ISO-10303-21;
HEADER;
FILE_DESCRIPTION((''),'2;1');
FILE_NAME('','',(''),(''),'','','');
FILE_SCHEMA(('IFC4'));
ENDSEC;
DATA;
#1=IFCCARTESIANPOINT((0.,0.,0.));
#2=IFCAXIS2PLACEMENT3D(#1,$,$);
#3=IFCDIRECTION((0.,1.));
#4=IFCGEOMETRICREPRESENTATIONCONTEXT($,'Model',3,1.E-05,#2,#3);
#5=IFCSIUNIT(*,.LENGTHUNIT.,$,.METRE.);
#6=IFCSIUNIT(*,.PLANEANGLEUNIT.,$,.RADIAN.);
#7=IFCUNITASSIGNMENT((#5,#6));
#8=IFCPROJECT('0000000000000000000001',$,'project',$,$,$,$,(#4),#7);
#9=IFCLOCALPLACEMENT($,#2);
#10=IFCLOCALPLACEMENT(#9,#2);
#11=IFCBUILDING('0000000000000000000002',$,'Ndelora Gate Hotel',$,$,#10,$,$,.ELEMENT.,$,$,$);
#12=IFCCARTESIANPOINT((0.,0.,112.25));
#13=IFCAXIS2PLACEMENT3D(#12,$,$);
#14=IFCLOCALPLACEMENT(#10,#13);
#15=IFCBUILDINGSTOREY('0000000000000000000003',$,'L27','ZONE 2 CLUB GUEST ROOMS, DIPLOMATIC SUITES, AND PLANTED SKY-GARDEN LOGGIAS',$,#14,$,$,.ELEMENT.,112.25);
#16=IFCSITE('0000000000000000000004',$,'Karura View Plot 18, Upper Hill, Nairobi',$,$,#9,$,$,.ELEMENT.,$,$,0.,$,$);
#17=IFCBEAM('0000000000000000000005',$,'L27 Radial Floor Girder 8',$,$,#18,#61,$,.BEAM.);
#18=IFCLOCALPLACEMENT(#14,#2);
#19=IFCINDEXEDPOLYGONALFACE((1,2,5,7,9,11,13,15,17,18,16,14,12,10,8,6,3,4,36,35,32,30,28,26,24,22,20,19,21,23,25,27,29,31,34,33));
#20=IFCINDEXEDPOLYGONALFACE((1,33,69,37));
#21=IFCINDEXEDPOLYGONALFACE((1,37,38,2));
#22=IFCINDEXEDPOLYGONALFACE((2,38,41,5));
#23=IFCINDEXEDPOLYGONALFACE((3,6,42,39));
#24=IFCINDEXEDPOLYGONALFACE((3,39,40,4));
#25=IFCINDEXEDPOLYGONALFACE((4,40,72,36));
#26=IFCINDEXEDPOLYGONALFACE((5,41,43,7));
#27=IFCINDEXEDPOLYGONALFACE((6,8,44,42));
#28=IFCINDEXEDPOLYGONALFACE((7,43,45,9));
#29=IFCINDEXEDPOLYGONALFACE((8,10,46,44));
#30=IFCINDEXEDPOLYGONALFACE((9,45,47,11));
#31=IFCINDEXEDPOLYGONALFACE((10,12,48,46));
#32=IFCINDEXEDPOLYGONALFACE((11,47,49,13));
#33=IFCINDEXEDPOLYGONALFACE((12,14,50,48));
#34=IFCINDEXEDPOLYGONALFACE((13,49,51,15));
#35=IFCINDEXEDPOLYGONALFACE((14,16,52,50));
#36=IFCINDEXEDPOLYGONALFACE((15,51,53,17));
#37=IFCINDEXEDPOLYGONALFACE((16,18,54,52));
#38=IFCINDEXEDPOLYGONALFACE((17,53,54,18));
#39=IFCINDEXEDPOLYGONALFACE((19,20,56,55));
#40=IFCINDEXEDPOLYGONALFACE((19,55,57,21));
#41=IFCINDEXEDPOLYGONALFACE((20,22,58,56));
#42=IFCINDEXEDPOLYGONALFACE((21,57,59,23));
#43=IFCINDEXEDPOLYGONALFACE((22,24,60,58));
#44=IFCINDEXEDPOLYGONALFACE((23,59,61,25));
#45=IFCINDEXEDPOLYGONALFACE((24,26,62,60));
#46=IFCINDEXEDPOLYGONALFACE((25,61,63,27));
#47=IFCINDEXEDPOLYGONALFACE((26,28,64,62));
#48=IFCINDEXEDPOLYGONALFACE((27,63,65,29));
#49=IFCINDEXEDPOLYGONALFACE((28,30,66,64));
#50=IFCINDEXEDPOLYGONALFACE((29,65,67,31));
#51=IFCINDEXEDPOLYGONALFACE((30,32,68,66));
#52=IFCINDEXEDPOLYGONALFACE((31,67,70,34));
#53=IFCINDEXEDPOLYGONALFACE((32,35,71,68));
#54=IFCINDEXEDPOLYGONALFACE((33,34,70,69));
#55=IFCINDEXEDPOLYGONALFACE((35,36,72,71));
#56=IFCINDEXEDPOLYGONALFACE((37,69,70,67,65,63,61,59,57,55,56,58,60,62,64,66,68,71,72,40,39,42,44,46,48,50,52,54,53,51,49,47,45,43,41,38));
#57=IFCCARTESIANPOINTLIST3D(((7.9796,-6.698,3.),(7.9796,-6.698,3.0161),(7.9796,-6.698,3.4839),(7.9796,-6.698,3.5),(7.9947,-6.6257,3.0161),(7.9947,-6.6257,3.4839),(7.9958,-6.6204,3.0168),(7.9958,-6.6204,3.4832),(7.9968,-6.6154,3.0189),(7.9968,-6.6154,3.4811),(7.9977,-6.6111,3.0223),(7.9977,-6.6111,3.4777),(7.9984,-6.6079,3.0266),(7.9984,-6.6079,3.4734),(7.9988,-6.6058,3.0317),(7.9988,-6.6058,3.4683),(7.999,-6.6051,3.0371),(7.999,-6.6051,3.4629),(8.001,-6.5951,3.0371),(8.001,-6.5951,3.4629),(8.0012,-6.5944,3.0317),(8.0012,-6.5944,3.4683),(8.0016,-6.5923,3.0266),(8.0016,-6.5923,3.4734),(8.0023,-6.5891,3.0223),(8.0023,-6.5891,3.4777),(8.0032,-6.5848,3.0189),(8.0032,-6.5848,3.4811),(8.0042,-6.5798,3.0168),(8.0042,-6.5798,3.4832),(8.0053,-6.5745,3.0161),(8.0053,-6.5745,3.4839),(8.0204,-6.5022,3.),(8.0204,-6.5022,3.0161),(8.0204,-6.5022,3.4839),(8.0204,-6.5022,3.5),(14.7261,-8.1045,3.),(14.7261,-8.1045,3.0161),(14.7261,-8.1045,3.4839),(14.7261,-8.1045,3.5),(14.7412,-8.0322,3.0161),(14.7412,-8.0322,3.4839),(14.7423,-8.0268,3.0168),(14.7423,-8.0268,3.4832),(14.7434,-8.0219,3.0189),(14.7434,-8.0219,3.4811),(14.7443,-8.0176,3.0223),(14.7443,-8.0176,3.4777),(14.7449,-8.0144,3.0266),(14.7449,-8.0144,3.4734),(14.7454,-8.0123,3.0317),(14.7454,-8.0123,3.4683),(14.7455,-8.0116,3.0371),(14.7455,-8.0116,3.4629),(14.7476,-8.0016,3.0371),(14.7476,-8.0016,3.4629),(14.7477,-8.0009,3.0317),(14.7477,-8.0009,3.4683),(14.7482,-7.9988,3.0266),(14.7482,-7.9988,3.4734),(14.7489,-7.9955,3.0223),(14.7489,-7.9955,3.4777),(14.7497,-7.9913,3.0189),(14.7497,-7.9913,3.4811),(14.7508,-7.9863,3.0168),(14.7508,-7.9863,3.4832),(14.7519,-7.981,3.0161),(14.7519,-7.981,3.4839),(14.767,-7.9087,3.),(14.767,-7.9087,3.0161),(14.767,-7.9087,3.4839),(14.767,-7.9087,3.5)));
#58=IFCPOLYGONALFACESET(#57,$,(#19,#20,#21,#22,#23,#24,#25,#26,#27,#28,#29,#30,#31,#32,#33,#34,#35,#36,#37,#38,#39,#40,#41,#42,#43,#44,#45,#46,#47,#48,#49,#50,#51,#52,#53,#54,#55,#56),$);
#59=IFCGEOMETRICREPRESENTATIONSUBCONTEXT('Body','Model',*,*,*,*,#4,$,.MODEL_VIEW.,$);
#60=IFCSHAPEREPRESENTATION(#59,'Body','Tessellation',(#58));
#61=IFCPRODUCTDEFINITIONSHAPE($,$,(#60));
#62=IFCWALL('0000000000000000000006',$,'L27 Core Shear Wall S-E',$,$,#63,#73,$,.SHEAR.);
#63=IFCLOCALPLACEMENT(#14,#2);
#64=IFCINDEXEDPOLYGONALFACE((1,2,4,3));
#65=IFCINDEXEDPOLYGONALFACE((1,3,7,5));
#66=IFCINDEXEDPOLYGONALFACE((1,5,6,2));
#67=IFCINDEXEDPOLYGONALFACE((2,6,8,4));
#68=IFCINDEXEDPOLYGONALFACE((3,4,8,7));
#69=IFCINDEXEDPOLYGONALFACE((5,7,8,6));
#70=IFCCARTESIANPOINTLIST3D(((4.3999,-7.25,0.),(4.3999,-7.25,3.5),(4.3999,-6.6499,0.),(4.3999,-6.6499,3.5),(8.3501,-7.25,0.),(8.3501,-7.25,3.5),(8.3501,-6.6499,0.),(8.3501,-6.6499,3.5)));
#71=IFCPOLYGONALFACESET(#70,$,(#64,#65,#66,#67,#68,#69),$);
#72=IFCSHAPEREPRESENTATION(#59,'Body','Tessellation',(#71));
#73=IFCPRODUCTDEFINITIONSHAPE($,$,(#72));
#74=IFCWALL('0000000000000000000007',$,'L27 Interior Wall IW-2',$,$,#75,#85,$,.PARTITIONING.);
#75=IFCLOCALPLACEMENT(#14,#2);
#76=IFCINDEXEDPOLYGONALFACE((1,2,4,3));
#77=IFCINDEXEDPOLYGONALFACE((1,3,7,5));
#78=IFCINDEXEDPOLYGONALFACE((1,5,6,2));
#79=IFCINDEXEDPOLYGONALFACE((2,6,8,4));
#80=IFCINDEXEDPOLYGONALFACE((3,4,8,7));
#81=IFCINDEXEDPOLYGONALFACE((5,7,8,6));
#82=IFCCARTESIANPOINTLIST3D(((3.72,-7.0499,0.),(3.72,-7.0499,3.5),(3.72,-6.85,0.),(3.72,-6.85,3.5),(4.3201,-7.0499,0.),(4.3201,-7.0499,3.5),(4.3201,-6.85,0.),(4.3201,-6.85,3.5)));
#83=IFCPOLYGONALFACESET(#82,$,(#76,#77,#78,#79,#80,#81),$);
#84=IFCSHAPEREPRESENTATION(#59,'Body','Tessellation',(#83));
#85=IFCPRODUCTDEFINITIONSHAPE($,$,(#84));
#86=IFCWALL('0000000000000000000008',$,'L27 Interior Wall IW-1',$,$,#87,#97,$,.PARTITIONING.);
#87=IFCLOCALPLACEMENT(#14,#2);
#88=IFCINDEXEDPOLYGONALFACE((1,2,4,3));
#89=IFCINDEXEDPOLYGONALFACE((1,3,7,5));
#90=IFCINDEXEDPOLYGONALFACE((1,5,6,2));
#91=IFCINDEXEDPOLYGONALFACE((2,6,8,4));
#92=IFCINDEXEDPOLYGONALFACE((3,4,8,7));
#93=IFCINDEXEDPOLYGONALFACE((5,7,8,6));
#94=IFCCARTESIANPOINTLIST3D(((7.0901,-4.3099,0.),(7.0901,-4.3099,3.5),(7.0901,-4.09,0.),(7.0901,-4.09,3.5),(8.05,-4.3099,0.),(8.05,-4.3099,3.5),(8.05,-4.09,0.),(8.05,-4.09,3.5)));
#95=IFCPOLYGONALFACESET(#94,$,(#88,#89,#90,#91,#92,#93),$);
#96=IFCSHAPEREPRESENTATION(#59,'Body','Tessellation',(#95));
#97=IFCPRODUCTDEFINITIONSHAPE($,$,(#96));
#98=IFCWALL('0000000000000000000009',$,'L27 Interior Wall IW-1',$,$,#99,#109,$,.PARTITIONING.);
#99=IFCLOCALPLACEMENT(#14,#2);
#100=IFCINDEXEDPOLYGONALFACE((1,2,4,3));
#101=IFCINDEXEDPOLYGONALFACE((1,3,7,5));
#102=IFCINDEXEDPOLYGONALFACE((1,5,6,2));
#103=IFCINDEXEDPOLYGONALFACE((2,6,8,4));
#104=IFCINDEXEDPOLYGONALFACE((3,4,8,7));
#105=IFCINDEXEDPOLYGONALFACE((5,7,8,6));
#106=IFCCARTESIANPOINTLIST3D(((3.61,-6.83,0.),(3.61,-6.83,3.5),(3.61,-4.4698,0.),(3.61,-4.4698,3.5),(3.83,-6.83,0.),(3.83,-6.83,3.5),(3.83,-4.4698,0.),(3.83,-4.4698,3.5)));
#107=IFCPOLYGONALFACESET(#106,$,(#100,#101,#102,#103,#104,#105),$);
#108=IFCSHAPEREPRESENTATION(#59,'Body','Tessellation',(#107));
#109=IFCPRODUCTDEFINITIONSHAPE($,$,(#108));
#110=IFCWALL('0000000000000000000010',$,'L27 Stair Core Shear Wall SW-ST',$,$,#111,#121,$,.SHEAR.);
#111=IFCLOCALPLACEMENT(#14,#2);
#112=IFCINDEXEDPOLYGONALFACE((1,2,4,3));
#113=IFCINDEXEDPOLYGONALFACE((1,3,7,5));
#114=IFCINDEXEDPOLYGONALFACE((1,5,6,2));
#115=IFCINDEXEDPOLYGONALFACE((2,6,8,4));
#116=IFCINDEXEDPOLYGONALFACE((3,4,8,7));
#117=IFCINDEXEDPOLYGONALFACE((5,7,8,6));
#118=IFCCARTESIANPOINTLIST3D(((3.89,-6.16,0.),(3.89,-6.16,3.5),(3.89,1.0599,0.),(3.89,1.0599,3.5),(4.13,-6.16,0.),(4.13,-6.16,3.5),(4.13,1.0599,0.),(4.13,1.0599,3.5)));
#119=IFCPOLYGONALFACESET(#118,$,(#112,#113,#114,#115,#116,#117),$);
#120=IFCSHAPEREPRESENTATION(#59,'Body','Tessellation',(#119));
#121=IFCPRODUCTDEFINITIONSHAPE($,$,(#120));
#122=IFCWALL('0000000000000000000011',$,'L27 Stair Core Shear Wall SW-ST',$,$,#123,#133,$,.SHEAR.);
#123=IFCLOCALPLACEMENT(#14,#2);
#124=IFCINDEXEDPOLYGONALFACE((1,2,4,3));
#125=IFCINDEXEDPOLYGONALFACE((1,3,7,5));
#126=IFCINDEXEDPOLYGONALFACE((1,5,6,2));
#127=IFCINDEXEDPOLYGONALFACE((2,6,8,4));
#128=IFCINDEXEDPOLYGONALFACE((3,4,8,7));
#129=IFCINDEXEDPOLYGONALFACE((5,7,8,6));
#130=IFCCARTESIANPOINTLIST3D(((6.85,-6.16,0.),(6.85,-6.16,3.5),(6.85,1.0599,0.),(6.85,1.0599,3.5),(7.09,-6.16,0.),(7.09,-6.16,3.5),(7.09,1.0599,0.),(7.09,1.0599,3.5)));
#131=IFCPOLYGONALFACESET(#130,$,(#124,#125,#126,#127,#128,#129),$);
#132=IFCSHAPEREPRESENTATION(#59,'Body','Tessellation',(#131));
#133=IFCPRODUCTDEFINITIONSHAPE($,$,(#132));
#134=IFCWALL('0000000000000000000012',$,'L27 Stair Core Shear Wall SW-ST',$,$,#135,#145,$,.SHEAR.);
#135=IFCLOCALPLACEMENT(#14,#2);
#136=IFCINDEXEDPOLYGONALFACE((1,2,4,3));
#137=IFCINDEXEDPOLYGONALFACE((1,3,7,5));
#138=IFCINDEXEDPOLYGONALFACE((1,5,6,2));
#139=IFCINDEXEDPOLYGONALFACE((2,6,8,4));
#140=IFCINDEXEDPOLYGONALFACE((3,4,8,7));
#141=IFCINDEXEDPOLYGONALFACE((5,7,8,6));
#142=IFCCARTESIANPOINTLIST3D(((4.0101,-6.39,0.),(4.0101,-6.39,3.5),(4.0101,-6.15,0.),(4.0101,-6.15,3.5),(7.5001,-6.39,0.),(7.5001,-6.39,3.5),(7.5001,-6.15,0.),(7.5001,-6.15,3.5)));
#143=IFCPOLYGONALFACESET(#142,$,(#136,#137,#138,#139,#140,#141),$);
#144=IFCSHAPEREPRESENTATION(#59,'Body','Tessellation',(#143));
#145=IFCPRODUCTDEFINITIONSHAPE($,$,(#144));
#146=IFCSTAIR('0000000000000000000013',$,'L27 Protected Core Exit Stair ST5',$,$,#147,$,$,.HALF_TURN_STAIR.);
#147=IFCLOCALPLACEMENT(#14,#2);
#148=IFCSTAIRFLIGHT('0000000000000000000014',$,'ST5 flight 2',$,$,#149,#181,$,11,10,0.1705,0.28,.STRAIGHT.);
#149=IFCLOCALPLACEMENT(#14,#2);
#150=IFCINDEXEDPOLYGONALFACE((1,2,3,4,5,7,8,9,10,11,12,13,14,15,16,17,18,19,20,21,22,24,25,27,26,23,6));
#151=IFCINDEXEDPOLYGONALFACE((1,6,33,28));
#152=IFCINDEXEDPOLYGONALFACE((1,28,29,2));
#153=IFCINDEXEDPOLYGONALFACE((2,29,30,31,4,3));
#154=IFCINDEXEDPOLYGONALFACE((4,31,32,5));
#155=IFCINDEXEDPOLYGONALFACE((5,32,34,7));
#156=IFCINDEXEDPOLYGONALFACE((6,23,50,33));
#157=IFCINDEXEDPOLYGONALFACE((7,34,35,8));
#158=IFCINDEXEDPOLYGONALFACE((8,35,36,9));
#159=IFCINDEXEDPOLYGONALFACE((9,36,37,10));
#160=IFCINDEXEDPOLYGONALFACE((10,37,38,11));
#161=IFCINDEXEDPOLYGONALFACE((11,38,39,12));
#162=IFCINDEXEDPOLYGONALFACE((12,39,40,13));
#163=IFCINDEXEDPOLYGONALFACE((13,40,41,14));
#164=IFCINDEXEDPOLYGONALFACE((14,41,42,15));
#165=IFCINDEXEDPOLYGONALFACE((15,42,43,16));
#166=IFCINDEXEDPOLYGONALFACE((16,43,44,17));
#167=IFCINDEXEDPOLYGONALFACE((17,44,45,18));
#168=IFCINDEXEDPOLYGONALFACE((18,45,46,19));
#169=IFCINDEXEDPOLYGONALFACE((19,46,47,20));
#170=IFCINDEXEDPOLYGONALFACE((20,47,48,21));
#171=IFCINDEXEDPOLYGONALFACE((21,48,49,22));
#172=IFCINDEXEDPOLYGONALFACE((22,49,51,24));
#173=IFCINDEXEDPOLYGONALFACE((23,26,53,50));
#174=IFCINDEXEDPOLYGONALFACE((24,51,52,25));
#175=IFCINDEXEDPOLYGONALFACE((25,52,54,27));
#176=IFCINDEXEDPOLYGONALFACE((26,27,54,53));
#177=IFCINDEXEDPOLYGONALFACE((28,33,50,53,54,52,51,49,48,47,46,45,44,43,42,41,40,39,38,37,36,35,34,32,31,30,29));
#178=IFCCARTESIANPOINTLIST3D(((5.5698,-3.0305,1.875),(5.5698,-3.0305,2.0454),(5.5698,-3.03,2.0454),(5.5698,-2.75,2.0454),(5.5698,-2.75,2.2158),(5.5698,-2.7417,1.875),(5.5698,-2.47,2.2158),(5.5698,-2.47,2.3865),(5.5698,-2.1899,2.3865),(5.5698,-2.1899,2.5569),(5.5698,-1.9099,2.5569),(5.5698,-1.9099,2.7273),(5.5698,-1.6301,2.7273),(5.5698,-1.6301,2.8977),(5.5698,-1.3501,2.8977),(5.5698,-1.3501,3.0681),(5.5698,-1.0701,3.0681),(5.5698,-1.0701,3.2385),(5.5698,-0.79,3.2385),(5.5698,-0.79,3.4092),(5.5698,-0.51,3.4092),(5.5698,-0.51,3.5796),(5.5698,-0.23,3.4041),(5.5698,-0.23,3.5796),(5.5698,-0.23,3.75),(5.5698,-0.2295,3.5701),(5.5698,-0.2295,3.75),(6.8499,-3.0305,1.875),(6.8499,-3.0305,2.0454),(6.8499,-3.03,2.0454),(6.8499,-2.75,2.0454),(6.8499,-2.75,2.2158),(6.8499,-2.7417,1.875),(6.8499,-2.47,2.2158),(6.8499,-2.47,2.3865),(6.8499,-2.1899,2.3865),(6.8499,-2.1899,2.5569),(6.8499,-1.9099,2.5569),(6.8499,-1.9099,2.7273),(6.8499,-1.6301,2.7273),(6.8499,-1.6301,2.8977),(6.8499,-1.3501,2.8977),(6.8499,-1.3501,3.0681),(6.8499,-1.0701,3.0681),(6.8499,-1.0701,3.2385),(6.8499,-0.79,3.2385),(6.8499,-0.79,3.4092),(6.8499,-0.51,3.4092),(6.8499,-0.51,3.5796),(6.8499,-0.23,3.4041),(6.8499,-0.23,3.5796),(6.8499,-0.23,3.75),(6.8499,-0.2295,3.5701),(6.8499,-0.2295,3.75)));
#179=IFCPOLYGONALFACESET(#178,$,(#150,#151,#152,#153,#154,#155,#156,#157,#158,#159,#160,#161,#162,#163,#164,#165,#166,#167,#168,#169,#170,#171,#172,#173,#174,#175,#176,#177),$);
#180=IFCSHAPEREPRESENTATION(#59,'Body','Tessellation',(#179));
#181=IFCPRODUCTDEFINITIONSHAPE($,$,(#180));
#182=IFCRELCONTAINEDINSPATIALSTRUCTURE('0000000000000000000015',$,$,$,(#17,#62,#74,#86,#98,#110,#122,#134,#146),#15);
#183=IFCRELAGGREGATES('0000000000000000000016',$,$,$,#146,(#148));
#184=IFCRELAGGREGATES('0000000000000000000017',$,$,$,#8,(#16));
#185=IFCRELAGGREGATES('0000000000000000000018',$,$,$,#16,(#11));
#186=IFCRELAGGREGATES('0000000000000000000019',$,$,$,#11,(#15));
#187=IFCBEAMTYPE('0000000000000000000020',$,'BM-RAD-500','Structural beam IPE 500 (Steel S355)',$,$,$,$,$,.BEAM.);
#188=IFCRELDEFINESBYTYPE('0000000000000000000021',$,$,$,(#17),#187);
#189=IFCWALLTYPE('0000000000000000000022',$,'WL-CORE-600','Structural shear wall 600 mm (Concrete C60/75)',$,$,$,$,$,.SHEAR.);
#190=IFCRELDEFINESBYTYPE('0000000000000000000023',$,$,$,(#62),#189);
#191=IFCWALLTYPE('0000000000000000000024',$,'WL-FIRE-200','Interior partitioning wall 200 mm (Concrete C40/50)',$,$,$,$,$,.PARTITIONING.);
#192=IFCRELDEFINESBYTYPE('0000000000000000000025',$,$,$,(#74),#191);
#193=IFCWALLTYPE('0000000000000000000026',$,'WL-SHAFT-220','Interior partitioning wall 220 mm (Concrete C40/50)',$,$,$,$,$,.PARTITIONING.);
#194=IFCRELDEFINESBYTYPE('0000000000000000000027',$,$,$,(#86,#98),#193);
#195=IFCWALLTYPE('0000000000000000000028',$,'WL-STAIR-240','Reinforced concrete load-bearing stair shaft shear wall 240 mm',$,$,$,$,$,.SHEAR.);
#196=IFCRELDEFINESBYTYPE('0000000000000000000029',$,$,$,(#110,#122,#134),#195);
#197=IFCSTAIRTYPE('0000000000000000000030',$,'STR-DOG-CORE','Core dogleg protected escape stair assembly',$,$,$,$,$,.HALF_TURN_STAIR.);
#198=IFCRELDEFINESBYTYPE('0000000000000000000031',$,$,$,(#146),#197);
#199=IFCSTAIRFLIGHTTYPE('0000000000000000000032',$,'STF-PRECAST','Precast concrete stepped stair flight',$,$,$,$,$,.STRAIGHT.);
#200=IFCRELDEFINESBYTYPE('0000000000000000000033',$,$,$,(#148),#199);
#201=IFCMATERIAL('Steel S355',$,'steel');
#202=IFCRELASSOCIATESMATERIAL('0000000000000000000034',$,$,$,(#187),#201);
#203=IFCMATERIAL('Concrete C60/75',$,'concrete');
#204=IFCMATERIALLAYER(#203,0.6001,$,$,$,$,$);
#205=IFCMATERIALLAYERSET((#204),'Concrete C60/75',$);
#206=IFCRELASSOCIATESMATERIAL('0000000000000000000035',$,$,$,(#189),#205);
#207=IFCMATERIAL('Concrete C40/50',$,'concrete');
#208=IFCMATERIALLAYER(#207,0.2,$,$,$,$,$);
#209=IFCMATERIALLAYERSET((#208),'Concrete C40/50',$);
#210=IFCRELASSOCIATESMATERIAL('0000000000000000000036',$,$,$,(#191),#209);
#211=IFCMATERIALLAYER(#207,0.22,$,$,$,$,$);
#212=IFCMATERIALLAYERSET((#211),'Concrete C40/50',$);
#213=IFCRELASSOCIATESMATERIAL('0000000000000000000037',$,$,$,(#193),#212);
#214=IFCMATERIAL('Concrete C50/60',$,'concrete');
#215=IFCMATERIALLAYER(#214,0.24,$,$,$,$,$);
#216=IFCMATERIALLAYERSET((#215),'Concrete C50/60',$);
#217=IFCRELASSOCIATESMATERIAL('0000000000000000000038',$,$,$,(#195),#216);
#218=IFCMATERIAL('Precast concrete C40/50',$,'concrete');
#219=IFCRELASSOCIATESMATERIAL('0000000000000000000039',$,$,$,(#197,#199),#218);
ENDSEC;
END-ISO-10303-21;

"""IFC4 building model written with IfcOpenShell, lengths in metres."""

from ifc_helpers import new_model, si_unit, direction, frame, frame_2d, origin, origin_2d, place, context, subcontext, project, spatial, polyline, rectangle, i_section, outline, extrude, material, layer, layer_set, material_profile, profile_set, type_object, element, aggregate, save


model = new_model("IFC4")

# Units and contexts
model_context = context("Model", 3, precision=1e-05, world=origin(), true_north=direction((0.0, 1.0)))
body_context = subcontext(model_context, "Body", "Model", "MODEL_VIEW")
ifc_project = project(units=[si_unit("LENGTHUNIT", "METRE"), si_unit("PLANEANGLEUNIT", "RADIAN")], contexts=[model_context])

# Site, building, storey
site_placement = place(None, origin())
site = spatial("IfcSite", under=ifc_project, at=site_placement, Name="Karura View Plot 18, Upper Hill, Nairobi", CompositionType="ELEMENT", RefElevation=0.0)
building_placement = place(site_placement, origin())
building = spatial("IfcBuilding", under=site, at=building_placement, Name="Ndelora Gate Hotel", CompositionType="ELEMENT")
storey_placement = place(building_placement, frame((0.0, 0.0, 112.25)))
storey = spatial("IfcBuildingStorey", under=building, at=storey_placement, Name="L27", Description="ZONE 2 CLUB GUEST ROOMS, DIPLOMATIC SUITES, AND PLANTED SKY-GARDEN LOGGIAS", CompositionType="ELEMENT", Elevation=112.25)

# Shared definitions
ifc_material_1 = material(Name="Concrete C60/75", Category="concrete")

# Beam
ifc_material_2 = material(Name="Steel S355", Category="steel")
ifc_material_profile_1 = material_profile(ifc_material_2, i_section(OverallWidth=0.2, OverallDepth=0.5, WebThickness=0.0103, FlangeThickness=0.0161, FilletRadius=0.021, at=origin_2d()), Name="IPE 500")
ifc_profile_set_1 = profile_set([ifc_material_profile_1], Name="Steel S355")
beam_type_1 = type_object("IfcBeamType", Name="BM-RAD-500", Description="Structural beam IPE 500 (Steel S355)", PredefinedType="BEAM", material=ifc_profile_set_1)
beam_1_placement = place(storey_placement, frame((8.0, -6.6001, 3.25), z_axis=(0.978953, -0.204087, 0.0), x_axis=(0.204087, 0.978953, 0.0)))
element("IfcBeam", 1, at=beam_1_placement, inside=storey, type_object=beam_type_1, Name="L27 Radial Floor Girder 8", PredefinedType="BEAM", context=body_context, shape_type="SweptSolid", body=[
    extrude(i_section(OverallWidth=0.2, OverallDepth=0.5, WebThickness=0.0103, FlangeThickness=0.0161, FilletRadius=0.021, at=origin_2d()), origin(), (0.0, 0.0, 1.0), 6.8916),
])

# Walls
ifc_layer_1 = layer(ifc_material_1, 0.6001)
ifc_layer_set_1 = layer_set([ifc_layer_1], Name="Concrete C60/75")
wall_type_1 = type_object("IfcWallType", Name="WL-CORE-600", Description="Structural shear wall 600 mm (Concrete C60/75)", PredefinedType="SHEAR", material=ifc_layer_set_1)
wall_1_placement = place(storey_placement, frame((4.3999, -6.95, 0.0), z_axis=(0.0, 0.0, 1.0), x_axis=(1.0, 0.0, 0.0)))
element("IfcWall", 2, at=wall_1_placement, inside=storey, type_object=wall_type_1, Name="L27 Core Shear Wall S-E", PredefinedType="SHEAR", context=body_context, shape_type="SweptSolid", body=[
    extrude(rectangle(XDim=3.9502, YDim=0.6001, at=frame_2d((1.9751, 0.0))), origin(), (0.0, 0.0, 1.0), 3.5),
])
ifc_material_3 = material(Name="Concrete C40/50", Category="concrete")
ifc_layer_2 = layer(ifc_material_3, 0.2)
ifc_layer_set_2 = layer_set([ifc_layer_2], Name="Concrete C40/50")
wall_type_2 = type_object("IfcWallType", Name="WL-FIRE-200", Description="Interior partitioning wall 200 mm (Concrete C40/50)", PredefinedType="PARTITIONING", material=ifc_layer_set_2)
wall_2_placement = place(storey_placement, frame((3.72, -6.95, 0.0), z_axis=(0.0, 0.0, 1.0), x_axis=(1.0, 0.0, 0.0)))
element("IfcWall", 3, at=wall_2_placement, inside=storey, type_object=wall_type_2, Name="L27 Interior Wall IW-2", PredefinedType="PARTITIONING", context=body_context, shape_type="SweptSolid", body=[
    extrude(rectangle(XDim=0.6001, YDim=0.2, at=frame_2d((0.3, 0.0))), origin(), (0.0, 0.0, 1.0), 3.5),
])
ifc_layer_3 = layer(ifc_material_3, 0.22)
ifc_layer_set_3 = layer_set([ifc_layer_3], Name="Concrete C40/50")
wall_type_3 = type_object("IfcWallType", Name="WL-SHAFT-220", Description="Interior partitioning wall 220 mm (Concrete C40/50)", PredefinedType="PARTITIONING", material=ifc_layer_set_3)
wall_3_placement = place(storey_placement, frame((7.0901, -4.2, 0.0), z_axis=(0.0, 0.0, 1.0), x_axis=(1.0, 0.0, 0.0)))
element("IfcWall", 4, at=wall_3_placement, inside=storey, type_object=wall_type_3, Name="L27 Interior Wall IW-1", PredefinedType="PARTITIONING", context=body_context, shape_type="SweptSolid", body=[
    extrude(rectangle(XDim=0.96, YDim=0.22, at=frame_2d((0.48, 0.0))), origin(), (0.0, 0.0, 1.0), 3.5),
])
wall_4_placement = place(storey_placement, frame((3.72, -6.8301, 0.0), z_axis=(0.0, 0.0, 1.0), x_axis=(0.0, 1.0, 0.0)))
element("IfcWall", 5, at=wall_4_placement, inside=storey, type_object=wall_type_3, Name="L27 Interior Wall IW-1", PredefinedType="PARTITIONING", context=body_context, shape_type="SweptSolid", body=[
    extrude(rectangle(XDim=2.3601, YDim=0.22, at=frame_2d((1.1802, 0.0))), origin(), (0.0, 0.0, 1.0), 3.5),
])
ifc_material_4 = material(Name="Concrete C50/60", Category="concrete")
ifc_layer_4 = layer(ifc_material_4, 0.24)
ifc_layer_set_4 = layer_set([ifc_layer_4], Name="Concrete C50/60")
wall_type_4 = type_object("IfcWallType", Name="WL-STAIR-240", Description="Reinforced concrete load-bearing stair shaft shear wall 240 mm", PredefinedType="SHEAR", material=ifc_layer_set_4)
for number, where, z_axis, x_axis, name in (
    (6, (4.01, -6.1599, 0.0), (0.0, 0.0, 1.0), (0.0, 1.0, 0.0), "L27 Stair Core Shear Wall SW-ST"),
    (7, (6.97, -6.1599, 0.0), (0.0, 0.0, 1.0), (0.0, 1.0, 0.0), "L27 Stair Core Shear Wall SW-ST"),
):
    element("IfcWall", number, at=place(storey_placement, frame(where, z_axis=z_axis, x_axis=x_axis)), inside=storey, type_object=wall_type_4, Name=name, PredefinedType="SHEAR", context=body_context, shape_type="SweptSolid", body=[
        extrude(rectangle(XDim=7.22, YDim=0.24, at=frame_2d((3.6099, 0.0))), origin(), (0.0, 0.0, 1.0), 3.5),
    ])
wall_5_placement = place(storey_placement, frame((4.01, -6.27, 0.0), z_axis=(0.0, 0.0, 1.0), x_axis=(1.0, 0.0, 0.0)))
element("IfcWall", 8, at=wall_5_placement, inside=storey, type_object=wall_type_4, Name="L27 Stair Core Shear Wall SW-ST", PredefinedType="SHEAR", context=body_context, shape_type="SweptSolid", body=[
    extrude(rectangle(XDim=3.49, YDim=0.24, at=frame_2d((1.7451, 0.0))), origin(), (0.0, 0.0, 1.0), 3.5),
])

# Stair, stair flight
ifc_material_5 = material(Name="Precast concrete C40/50", Category="concrete")
stair_type = type_object("IfcStairType", Name="STR-DOG-CORE", Description="Core dogleg protected escape stair assembly", PredefinedType="HALF_TURN_STAIR", material=ifc_material_5)
stair_placement = place(storey_placement, origin())
stair = element("IfcStair", 9, at=stair_placement, inside=storey, type_object=stair_type, Name="L27 Protected Core Exit Stair ST5", PredefinedType="HALF_TURN_STAIR")
stair_flight_type = type_object("IfcStairFlightType", Name="STF-PRECAST", Description="Precast concrete stepped stair flight", PredefinedType="STRAIGHT", material=ifc_material_5)
stair_flight_placement = place(storey_placement, frame((6.21, -3.03, 1.875), z_axis=(0.0, 0.0, 1.0), x_axis=(0.0, 1.0, 0.0)))
stair_flight = element("IfcStairFlight", 10, at=stair_flight_placement, type_object=stair_flight_type, Name="ST5 flight 2", NumberOfRisers=11, NumberOfTreads=10, PredefinedType="STRAIGHT", RiserHeight=0.1705, TreadLength=0.28, context=body_context, shape_type="SweptSolid", body=[
    extrude(outline(polyline([(-0.0005, 0.0), (-0.0005, 0.1704), (0.0, 0.1704), (0.28, 0.1704), (0.28, 0.3408), (0.5601, 0.3408), (0.5601, 0.5115), (0.8401, 0.5115), (0.8401, 0.6819), (1.1201, 0.6819), (1.1201, 0.8523), (1.3999, 0.8523), (1.3999, 1.0227), (1.6799, 1.0227), (1.6799, 1.1931), (1.96, 1.1931), (1.96, 1.3635), (2.24, 1.3635), (2.24, 1.5342), (2.52, 1.5342), (2.52, 1.7046), (2.8, 1.7046), (2.8, 1.875), (2.8005, 1.875), (2.8005, 1.6951), (2.8, 1.5291), (0.2883, 0.0), (-0.0005, 0.0)])), frame((0.0, 0.6401, 0.0), z_axis=(0.0, -1.0, 0.0), x_axis=(1.0, 0.0, 0.0)), (0.0, 0.0, 1.0), 1.28),
])
aggregate(stair, [stair_flight])

save(model, "model.ifc")
